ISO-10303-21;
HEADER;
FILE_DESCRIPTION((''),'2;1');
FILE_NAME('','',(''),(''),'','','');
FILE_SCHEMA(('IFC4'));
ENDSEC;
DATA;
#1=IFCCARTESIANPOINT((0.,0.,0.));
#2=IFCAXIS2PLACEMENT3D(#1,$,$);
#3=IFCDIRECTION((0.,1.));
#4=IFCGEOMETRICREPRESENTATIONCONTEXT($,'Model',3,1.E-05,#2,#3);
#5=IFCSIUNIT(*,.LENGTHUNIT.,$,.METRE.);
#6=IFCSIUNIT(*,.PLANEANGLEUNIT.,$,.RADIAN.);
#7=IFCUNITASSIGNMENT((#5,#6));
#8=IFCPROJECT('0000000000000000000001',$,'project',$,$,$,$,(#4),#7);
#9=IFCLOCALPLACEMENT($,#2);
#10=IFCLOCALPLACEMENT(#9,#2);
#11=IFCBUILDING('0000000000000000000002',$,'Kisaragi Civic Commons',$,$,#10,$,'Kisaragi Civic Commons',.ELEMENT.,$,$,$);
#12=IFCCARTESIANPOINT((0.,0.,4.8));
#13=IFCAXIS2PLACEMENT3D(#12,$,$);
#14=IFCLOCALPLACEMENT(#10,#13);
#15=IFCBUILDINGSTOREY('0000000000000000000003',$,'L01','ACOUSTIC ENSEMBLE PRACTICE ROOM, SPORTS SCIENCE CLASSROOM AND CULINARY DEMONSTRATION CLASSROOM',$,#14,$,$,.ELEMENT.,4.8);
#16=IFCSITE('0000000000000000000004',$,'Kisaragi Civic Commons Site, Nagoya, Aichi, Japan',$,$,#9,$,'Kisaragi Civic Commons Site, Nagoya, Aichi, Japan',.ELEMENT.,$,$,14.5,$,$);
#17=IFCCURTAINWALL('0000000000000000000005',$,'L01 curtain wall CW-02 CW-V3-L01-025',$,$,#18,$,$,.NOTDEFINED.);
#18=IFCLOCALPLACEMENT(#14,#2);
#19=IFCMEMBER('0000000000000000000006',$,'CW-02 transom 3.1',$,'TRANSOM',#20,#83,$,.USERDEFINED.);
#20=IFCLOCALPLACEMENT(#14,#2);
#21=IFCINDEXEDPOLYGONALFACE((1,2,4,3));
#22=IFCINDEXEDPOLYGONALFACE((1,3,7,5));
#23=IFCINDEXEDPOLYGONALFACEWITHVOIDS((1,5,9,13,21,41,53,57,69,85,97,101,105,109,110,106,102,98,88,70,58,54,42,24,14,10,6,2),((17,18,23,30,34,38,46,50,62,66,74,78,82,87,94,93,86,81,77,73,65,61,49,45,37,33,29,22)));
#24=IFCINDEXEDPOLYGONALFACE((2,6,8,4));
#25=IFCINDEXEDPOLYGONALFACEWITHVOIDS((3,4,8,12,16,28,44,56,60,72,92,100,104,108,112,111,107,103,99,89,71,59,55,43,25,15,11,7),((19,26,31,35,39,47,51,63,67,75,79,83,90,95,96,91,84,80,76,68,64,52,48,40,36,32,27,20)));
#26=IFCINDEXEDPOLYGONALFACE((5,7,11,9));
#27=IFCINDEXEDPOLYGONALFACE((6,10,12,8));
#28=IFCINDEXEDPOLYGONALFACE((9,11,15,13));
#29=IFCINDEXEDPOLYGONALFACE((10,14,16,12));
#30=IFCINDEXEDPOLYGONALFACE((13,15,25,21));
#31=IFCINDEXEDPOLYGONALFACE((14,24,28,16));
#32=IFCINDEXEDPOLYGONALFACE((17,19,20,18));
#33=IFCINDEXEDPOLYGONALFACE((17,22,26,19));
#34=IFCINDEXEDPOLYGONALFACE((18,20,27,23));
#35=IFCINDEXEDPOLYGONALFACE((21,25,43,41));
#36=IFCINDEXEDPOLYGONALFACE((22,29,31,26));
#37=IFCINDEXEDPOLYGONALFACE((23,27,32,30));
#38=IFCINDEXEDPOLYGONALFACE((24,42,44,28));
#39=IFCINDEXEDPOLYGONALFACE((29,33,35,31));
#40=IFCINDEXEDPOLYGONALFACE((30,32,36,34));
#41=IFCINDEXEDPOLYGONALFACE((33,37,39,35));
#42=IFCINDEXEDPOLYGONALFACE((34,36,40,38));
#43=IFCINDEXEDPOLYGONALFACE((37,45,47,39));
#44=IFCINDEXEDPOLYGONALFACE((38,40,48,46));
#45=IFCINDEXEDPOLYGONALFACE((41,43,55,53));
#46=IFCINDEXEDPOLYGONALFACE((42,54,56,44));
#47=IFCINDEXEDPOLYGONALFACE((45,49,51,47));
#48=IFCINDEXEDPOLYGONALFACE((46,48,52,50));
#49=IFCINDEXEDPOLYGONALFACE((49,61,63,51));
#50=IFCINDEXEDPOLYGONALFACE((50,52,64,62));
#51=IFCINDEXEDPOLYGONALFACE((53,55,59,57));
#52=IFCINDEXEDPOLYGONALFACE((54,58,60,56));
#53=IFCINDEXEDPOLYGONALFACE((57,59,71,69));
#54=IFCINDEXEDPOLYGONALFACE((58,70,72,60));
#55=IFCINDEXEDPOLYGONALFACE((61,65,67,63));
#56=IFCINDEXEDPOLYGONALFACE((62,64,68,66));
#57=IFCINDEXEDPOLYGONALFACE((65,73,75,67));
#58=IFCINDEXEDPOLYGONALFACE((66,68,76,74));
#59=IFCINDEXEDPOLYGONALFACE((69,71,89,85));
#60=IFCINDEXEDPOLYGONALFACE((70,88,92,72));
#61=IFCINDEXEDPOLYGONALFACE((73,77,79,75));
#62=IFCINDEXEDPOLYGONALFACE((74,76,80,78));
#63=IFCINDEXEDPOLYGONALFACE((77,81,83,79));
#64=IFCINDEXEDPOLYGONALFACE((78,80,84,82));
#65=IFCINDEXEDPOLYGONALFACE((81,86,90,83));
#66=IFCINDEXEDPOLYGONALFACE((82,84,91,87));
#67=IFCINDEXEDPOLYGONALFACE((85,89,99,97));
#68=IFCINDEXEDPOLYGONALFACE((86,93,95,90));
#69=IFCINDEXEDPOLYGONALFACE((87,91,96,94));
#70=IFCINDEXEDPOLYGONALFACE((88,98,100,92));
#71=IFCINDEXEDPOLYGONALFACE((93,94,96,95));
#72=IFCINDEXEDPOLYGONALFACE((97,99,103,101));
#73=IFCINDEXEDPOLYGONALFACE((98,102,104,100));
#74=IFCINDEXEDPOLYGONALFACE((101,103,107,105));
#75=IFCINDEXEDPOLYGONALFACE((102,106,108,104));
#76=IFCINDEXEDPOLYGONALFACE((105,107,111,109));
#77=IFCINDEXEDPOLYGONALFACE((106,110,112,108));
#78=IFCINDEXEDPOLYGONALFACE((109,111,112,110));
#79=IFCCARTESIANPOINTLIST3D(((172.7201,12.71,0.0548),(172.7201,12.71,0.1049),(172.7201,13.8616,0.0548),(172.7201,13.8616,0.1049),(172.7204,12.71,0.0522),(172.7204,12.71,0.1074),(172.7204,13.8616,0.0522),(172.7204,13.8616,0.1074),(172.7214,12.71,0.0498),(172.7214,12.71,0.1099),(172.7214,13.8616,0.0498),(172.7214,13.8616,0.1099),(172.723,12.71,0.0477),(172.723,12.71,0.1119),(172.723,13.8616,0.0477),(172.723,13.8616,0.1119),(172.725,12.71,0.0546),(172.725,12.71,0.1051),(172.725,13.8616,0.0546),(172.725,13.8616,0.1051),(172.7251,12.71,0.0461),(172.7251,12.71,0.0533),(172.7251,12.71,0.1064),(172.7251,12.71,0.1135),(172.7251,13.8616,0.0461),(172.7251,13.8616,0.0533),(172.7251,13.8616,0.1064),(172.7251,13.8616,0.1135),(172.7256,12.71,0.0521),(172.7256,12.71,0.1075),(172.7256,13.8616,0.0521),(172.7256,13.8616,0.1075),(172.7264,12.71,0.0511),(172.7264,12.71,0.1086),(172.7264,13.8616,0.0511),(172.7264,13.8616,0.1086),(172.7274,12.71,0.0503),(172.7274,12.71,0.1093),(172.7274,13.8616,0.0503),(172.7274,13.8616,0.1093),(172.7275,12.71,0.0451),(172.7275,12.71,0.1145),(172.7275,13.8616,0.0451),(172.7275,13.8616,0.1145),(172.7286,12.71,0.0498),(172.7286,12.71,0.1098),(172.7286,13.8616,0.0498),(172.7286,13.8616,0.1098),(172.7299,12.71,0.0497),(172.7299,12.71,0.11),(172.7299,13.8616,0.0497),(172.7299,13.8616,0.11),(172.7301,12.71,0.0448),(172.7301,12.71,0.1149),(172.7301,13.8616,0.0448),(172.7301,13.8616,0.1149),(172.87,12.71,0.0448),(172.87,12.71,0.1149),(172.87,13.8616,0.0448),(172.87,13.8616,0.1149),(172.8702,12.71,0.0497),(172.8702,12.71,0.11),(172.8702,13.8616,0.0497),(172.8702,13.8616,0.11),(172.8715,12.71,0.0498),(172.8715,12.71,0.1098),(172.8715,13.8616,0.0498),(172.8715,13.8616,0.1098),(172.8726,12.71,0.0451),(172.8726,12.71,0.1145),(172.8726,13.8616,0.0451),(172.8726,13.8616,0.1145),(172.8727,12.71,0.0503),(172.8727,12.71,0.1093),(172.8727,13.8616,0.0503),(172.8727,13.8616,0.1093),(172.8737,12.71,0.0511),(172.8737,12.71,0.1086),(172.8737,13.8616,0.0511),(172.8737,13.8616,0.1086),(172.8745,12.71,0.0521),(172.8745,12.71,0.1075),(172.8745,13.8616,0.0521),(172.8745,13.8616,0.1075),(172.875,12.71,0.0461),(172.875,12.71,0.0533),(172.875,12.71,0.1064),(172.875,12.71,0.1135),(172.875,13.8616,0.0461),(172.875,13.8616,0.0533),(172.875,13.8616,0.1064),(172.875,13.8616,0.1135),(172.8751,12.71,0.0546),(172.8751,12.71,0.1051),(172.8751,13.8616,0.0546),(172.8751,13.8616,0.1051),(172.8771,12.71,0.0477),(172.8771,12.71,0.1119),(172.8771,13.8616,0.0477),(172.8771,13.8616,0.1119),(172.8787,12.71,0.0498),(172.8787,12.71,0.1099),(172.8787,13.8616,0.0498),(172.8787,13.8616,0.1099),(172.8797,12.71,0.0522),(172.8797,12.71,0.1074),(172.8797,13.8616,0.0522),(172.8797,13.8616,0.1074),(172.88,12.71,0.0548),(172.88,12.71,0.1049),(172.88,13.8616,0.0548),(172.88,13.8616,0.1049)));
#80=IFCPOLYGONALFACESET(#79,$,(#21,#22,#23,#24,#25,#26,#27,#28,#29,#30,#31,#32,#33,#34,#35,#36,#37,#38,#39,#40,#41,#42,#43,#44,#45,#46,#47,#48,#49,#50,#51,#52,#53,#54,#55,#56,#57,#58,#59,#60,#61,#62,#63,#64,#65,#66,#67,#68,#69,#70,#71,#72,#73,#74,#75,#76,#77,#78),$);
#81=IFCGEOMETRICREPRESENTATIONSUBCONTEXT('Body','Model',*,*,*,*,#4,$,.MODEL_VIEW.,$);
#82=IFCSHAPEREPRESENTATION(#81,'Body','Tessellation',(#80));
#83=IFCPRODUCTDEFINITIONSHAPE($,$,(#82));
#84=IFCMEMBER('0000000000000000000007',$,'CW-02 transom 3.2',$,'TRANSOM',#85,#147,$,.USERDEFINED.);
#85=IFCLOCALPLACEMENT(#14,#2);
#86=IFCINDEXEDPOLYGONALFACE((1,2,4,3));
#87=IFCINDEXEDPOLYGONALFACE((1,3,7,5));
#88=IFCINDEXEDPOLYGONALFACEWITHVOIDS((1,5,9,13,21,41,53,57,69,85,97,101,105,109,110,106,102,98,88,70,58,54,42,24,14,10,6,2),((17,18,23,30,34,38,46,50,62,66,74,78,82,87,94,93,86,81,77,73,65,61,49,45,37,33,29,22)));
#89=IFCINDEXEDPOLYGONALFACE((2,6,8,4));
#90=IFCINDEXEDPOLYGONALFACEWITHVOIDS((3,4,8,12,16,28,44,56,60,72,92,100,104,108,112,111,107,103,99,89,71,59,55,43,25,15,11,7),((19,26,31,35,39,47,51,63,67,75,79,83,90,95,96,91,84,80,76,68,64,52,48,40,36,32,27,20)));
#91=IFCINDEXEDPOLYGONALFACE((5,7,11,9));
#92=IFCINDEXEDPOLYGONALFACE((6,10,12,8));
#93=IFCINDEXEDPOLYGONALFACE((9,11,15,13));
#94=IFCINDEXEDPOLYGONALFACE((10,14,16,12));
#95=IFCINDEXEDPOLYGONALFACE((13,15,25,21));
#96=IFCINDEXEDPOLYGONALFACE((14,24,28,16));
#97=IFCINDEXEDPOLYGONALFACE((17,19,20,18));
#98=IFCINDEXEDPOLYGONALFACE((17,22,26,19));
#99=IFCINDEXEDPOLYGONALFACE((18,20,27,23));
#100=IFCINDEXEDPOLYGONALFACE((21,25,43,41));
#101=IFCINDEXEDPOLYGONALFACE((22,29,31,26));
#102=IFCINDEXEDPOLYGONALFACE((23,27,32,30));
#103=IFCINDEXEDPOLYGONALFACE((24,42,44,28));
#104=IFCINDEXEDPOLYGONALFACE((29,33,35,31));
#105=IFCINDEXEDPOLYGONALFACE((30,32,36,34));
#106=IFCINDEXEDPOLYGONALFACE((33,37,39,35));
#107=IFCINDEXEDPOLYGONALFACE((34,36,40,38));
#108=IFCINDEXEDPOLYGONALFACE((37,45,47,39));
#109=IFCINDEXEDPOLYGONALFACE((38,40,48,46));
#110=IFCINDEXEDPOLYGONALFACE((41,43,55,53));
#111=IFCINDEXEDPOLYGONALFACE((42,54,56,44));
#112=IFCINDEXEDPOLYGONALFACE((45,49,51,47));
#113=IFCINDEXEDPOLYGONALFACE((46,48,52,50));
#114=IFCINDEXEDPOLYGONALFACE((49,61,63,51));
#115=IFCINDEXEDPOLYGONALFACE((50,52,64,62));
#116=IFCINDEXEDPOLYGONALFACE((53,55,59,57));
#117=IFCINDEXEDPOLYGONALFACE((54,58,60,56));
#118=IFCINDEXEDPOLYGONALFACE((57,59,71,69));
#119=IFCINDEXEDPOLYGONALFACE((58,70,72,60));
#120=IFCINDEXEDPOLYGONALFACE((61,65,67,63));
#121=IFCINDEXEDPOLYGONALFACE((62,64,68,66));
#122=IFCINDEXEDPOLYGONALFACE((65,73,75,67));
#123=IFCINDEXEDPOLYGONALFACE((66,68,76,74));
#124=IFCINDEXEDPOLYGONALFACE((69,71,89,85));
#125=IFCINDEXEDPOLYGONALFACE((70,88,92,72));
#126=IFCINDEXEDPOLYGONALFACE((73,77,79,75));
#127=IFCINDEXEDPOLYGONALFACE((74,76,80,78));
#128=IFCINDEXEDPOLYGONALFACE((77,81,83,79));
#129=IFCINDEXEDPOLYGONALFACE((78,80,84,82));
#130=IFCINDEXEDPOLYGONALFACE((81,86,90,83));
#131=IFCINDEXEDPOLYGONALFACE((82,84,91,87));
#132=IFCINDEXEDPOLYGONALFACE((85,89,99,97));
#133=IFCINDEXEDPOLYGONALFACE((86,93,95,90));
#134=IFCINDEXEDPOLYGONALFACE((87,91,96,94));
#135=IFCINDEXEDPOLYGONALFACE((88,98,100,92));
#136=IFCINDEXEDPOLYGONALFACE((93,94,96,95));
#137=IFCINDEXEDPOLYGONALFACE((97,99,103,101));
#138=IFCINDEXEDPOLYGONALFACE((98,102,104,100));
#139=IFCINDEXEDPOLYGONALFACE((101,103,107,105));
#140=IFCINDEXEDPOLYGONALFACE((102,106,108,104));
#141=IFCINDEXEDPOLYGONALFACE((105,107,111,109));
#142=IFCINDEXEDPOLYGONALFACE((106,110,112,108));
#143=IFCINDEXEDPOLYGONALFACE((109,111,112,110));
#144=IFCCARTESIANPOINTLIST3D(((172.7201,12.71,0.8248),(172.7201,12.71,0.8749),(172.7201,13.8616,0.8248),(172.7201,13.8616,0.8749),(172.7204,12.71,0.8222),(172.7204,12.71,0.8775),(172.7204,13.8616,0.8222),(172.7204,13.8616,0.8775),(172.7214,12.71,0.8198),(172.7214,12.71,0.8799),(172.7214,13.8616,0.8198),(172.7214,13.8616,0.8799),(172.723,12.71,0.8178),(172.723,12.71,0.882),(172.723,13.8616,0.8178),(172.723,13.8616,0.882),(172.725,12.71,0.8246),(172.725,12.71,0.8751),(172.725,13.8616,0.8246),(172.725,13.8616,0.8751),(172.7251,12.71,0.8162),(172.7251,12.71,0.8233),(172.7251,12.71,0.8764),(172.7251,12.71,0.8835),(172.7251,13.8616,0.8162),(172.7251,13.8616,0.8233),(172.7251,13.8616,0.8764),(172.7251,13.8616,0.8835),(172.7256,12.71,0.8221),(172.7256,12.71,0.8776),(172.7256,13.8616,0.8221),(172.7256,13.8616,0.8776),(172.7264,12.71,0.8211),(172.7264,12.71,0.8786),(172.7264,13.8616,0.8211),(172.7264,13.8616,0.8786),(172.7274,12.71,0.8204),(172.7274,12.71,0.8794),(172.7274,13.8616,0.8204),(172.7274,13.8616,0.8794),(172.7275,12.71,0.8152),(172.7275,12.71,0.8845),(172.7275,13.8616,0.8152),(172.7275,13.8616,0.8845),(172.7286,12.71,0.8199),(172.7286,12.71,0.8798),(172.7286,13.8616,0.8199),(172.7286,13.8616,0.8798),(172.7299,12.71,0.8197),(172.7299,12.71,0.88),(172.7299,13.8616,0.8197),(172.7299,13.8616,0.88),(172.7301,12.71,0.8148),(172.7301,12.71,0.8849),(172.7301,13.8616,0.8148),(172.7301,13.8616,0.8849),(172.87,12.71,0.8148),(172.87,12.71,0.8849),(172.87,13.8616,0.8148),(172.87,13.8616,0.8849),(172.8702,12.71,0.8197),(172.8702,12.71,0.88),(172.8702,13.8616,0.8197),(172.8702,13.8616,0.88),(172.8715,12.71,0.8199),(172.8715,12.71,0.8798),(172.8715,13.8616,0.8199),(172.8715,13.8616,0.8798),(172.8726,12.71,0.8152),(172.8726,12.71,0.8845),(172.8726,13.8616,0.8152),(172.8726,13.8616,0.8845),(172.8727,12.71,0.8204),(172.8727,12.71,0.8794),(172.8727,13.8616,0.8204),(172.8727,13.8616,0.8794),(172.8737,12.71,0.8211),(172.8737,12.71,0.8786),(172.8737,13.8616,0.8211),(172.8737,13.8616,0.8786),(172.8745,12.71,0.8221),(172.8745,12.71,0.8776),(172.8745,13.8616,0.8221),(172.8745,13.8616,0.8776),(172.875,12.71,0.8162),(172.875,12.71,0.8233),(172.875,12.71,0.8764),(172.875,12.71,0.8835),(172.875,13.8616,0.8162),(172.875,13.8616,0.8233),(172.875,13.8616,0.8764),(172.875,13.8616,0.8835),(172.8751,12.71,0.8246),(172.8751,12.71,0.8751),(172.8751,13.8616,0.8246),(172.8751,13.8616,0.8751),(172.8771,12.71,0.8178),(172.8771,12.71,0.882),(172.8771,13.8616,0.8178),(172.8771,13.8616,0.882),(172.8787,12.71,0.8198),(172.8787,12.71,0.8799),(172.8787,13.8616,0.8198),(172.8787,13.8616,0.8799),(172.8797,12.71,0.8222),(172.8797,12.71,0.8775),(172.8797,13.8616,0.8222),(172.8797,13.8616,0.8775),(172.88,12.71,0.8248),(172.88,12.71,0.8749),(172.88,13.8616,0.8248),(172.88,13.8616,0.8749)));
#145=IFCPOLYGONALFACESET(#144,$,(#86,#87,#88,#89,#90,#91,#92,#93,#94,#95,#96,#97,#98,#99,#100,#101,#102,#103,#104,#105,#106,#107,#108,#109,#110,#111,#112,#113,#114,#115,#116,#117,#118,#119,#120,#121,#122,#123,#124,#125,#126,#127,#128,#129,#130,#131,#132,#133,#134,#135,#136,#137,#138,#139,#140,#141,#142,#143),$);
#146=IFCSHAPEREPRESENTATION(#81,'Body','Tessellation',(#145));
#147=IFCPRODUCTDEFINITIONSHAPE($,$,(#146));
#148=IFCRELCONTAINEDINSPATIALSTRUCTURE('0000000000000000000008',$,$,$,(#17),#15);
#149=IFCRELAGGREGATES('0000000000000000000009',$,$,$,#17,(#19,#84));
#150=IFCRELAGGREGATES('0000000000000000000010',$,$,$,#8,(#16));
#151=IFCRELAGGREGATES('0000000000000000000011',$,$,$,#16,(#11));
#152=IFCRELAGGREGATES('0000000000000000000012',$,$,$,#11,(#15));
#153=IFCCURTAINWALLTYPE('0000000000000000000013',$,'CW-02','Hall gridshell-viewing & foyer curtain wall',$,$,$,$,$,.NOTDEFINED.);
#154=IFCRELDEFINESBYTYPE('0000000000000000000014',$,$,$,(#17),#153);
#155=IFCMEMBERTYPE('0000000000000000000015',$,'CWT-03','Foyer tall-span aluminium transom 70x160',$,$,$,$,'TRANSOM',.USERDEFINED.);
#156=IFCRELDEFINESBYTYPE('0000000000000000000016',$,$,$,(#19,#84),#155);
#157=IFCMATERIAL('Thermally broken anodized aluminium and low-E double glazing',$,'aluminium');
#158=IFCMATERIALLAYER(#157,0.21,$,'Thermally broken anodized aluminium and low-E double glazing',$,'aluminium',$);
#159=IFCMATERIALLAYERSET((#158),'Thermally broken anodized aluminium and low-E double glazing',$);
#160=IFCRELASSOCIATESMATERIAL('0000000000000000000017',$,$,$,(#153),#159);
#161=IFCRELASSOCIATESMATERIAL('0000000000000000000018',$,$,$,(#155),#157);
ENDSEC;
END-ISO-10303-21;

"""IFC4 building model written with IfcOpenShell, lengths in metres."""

from ifc_helpers import new_model, si_unit, direction, frame, origin, origin_2d, place, context, subcontext, project, spatial, hollow_rectangle, extrude, material, layer, layer_set, material_profile, profile_set, type_object, element, aggregate, save


model = new_model("IFC4")

# Units and contexts
model_context = context("Model", 3, precision=1e-05, world=origin(), true_north=direction((0.0, 1.0)))
body_context = subcontext(model_context, "Body", "Model", "MODEL_VIEW")
ifc_project = project(units=[si_unit("LENGTHUNIT", "METRE"), si_unit("PLANEANGLEUNIT", "RADIAN")], contexts=[model_context])

# Site, building, storey
site_placement = place(None, origin())
site = spatial("IfcSite", under=ifc_project, at=site_placement, Name="Kisaragi Civic Commons Site, Nagoya, Aichi, Japan", LongName="Kisaragi Civic Commons Site, Nagoya, Aichi, Japan", CompositionType="ELEMENT", RefElevation=14.5)
building_placement = place(site_placement, origin())
building = spatial("IfcBuilding", under=site, at=building_placement, Name="Kisaragi Civic Commons", LongName="Kisaragi Civic Commons", CompositionType="ELEMENT")
storey_placement = place(building_placement, frame((0.0, 0.0, 4.8)))
storey = spatial("IfcBuildingStorey", under=building, at=storey_placement, Name="L01", Description="ACOUSTIC ENSEMBLE PRACTICE ROOM, SPORTS SCIENCE CLASSROOM AND CULINARY DEMONSTRATION CLASSROOM", CompositionType="ELEMENT", Elevation=4.8)

# Curtain wall
ifc_material = material(Name="Thermally broken anodized aluminium and low-E double glazing", Category="aluminium")
ifc_layer_1 = layer(ifc_material, 0.21, Name="Thermally broken anodized aluminium and low-E double glazing", Category="aluminium")
ifc_layer_set_1 = layer_set([ifc_layer_1], Name="Thermally broken anodized aluminium and low-E double glazing")
curtain_wall_type = type_object("IfcCurtainWallType", Name="CW-02", Description="Hall gridshell-viewing & foyer curtain wall", PredefinedType="NOTDEFINED", material=ifc_layer_set_1)
curtain_wall_1_placement = place(storey_placement, origin())
curtain_wall_1 = element("IfcCurtainWall", 1, at=curtain_wall_1_placement, inside=storey, type_object=curtain_wall_type, Name="L01 curtain wall CW-02 CW-V3-L01-025", PredefinedType="NOTDEFINED")

# Members
ifc_material_profile_1 = material_profile(ifc_material, hollow_rectangle(XDim=0.1599, YDim=0.0701, WallThickness=0.0049, InnerFilletRadius=0.0049, OuterFilletRadius=0.01, at=origin_2d()), Name="CWT-70x160x5", Category="aluminium")
ifc_profile_set_1 = profile_set([ifc_material_profile_1], Name="Thermally broken anodized aluminium and low-E double glazing")
member_type_1 = type_object("IfcMemberType", Name="CWT-03", Description="Foyer tall-span aluminium transom 70x160", ElementType="TRANSOM", PredefinedType="USERDEFINED", material=ifc_profile_set_1)
member_1_placement = place(storey_placement, frame((172.8, 13.8616, 0.0798), z_axis=(0.0, -1.0, 0.0), x_axis=(1.0, 0.0, 0.0)))
member_1 = element("IfcMember", 2, at=member_1_placement, type_object=member_type_1, Name="CW-02 transom 3.1", ObjectType="TRANSOM", PredefinedType="USERDEFINED", context=body_context, shape_type="SweptSolid", body=[
    extrude(hollow_rectangle(XDim=0.1599, YDim=0.0701, WallThickness=0.0049, InnerFilletRadius=0.0049, OuterFilletRadius=0.01, at=origin_2d()), origin(), (0.0, 0.0, 1.0), 1.1516),
])
member_2_placement = place(storey_placement, frame((172.8, 13.8616, 0.8499), z_axis=(0.0, -1.0, 0.0), x_axis=(1.0, 0.0, 0.0)))
member_2 = element("IfcMember", 3, at=member_2_placement, type_object=member_type_1, Name="CW-02 transom 3.2", ObjectType="TRANSOM", PredefinedType="USERDEFINED", context=body_context, shape_type="SweptSolid", body=[
    extrude(hollow_rectangle(XDim=0.1599, YDim=0.0701, WallThickness=0.0049, InnerFilletRadius=0.0049, OuterFilletRadius=0.01, at=origin_2d()), origin(), (0.0, 0.0, 1.0), 1.1516),
])

aggregate(curtain_wall_1, [member_1, member_2])

save(model, "model.ifc")
